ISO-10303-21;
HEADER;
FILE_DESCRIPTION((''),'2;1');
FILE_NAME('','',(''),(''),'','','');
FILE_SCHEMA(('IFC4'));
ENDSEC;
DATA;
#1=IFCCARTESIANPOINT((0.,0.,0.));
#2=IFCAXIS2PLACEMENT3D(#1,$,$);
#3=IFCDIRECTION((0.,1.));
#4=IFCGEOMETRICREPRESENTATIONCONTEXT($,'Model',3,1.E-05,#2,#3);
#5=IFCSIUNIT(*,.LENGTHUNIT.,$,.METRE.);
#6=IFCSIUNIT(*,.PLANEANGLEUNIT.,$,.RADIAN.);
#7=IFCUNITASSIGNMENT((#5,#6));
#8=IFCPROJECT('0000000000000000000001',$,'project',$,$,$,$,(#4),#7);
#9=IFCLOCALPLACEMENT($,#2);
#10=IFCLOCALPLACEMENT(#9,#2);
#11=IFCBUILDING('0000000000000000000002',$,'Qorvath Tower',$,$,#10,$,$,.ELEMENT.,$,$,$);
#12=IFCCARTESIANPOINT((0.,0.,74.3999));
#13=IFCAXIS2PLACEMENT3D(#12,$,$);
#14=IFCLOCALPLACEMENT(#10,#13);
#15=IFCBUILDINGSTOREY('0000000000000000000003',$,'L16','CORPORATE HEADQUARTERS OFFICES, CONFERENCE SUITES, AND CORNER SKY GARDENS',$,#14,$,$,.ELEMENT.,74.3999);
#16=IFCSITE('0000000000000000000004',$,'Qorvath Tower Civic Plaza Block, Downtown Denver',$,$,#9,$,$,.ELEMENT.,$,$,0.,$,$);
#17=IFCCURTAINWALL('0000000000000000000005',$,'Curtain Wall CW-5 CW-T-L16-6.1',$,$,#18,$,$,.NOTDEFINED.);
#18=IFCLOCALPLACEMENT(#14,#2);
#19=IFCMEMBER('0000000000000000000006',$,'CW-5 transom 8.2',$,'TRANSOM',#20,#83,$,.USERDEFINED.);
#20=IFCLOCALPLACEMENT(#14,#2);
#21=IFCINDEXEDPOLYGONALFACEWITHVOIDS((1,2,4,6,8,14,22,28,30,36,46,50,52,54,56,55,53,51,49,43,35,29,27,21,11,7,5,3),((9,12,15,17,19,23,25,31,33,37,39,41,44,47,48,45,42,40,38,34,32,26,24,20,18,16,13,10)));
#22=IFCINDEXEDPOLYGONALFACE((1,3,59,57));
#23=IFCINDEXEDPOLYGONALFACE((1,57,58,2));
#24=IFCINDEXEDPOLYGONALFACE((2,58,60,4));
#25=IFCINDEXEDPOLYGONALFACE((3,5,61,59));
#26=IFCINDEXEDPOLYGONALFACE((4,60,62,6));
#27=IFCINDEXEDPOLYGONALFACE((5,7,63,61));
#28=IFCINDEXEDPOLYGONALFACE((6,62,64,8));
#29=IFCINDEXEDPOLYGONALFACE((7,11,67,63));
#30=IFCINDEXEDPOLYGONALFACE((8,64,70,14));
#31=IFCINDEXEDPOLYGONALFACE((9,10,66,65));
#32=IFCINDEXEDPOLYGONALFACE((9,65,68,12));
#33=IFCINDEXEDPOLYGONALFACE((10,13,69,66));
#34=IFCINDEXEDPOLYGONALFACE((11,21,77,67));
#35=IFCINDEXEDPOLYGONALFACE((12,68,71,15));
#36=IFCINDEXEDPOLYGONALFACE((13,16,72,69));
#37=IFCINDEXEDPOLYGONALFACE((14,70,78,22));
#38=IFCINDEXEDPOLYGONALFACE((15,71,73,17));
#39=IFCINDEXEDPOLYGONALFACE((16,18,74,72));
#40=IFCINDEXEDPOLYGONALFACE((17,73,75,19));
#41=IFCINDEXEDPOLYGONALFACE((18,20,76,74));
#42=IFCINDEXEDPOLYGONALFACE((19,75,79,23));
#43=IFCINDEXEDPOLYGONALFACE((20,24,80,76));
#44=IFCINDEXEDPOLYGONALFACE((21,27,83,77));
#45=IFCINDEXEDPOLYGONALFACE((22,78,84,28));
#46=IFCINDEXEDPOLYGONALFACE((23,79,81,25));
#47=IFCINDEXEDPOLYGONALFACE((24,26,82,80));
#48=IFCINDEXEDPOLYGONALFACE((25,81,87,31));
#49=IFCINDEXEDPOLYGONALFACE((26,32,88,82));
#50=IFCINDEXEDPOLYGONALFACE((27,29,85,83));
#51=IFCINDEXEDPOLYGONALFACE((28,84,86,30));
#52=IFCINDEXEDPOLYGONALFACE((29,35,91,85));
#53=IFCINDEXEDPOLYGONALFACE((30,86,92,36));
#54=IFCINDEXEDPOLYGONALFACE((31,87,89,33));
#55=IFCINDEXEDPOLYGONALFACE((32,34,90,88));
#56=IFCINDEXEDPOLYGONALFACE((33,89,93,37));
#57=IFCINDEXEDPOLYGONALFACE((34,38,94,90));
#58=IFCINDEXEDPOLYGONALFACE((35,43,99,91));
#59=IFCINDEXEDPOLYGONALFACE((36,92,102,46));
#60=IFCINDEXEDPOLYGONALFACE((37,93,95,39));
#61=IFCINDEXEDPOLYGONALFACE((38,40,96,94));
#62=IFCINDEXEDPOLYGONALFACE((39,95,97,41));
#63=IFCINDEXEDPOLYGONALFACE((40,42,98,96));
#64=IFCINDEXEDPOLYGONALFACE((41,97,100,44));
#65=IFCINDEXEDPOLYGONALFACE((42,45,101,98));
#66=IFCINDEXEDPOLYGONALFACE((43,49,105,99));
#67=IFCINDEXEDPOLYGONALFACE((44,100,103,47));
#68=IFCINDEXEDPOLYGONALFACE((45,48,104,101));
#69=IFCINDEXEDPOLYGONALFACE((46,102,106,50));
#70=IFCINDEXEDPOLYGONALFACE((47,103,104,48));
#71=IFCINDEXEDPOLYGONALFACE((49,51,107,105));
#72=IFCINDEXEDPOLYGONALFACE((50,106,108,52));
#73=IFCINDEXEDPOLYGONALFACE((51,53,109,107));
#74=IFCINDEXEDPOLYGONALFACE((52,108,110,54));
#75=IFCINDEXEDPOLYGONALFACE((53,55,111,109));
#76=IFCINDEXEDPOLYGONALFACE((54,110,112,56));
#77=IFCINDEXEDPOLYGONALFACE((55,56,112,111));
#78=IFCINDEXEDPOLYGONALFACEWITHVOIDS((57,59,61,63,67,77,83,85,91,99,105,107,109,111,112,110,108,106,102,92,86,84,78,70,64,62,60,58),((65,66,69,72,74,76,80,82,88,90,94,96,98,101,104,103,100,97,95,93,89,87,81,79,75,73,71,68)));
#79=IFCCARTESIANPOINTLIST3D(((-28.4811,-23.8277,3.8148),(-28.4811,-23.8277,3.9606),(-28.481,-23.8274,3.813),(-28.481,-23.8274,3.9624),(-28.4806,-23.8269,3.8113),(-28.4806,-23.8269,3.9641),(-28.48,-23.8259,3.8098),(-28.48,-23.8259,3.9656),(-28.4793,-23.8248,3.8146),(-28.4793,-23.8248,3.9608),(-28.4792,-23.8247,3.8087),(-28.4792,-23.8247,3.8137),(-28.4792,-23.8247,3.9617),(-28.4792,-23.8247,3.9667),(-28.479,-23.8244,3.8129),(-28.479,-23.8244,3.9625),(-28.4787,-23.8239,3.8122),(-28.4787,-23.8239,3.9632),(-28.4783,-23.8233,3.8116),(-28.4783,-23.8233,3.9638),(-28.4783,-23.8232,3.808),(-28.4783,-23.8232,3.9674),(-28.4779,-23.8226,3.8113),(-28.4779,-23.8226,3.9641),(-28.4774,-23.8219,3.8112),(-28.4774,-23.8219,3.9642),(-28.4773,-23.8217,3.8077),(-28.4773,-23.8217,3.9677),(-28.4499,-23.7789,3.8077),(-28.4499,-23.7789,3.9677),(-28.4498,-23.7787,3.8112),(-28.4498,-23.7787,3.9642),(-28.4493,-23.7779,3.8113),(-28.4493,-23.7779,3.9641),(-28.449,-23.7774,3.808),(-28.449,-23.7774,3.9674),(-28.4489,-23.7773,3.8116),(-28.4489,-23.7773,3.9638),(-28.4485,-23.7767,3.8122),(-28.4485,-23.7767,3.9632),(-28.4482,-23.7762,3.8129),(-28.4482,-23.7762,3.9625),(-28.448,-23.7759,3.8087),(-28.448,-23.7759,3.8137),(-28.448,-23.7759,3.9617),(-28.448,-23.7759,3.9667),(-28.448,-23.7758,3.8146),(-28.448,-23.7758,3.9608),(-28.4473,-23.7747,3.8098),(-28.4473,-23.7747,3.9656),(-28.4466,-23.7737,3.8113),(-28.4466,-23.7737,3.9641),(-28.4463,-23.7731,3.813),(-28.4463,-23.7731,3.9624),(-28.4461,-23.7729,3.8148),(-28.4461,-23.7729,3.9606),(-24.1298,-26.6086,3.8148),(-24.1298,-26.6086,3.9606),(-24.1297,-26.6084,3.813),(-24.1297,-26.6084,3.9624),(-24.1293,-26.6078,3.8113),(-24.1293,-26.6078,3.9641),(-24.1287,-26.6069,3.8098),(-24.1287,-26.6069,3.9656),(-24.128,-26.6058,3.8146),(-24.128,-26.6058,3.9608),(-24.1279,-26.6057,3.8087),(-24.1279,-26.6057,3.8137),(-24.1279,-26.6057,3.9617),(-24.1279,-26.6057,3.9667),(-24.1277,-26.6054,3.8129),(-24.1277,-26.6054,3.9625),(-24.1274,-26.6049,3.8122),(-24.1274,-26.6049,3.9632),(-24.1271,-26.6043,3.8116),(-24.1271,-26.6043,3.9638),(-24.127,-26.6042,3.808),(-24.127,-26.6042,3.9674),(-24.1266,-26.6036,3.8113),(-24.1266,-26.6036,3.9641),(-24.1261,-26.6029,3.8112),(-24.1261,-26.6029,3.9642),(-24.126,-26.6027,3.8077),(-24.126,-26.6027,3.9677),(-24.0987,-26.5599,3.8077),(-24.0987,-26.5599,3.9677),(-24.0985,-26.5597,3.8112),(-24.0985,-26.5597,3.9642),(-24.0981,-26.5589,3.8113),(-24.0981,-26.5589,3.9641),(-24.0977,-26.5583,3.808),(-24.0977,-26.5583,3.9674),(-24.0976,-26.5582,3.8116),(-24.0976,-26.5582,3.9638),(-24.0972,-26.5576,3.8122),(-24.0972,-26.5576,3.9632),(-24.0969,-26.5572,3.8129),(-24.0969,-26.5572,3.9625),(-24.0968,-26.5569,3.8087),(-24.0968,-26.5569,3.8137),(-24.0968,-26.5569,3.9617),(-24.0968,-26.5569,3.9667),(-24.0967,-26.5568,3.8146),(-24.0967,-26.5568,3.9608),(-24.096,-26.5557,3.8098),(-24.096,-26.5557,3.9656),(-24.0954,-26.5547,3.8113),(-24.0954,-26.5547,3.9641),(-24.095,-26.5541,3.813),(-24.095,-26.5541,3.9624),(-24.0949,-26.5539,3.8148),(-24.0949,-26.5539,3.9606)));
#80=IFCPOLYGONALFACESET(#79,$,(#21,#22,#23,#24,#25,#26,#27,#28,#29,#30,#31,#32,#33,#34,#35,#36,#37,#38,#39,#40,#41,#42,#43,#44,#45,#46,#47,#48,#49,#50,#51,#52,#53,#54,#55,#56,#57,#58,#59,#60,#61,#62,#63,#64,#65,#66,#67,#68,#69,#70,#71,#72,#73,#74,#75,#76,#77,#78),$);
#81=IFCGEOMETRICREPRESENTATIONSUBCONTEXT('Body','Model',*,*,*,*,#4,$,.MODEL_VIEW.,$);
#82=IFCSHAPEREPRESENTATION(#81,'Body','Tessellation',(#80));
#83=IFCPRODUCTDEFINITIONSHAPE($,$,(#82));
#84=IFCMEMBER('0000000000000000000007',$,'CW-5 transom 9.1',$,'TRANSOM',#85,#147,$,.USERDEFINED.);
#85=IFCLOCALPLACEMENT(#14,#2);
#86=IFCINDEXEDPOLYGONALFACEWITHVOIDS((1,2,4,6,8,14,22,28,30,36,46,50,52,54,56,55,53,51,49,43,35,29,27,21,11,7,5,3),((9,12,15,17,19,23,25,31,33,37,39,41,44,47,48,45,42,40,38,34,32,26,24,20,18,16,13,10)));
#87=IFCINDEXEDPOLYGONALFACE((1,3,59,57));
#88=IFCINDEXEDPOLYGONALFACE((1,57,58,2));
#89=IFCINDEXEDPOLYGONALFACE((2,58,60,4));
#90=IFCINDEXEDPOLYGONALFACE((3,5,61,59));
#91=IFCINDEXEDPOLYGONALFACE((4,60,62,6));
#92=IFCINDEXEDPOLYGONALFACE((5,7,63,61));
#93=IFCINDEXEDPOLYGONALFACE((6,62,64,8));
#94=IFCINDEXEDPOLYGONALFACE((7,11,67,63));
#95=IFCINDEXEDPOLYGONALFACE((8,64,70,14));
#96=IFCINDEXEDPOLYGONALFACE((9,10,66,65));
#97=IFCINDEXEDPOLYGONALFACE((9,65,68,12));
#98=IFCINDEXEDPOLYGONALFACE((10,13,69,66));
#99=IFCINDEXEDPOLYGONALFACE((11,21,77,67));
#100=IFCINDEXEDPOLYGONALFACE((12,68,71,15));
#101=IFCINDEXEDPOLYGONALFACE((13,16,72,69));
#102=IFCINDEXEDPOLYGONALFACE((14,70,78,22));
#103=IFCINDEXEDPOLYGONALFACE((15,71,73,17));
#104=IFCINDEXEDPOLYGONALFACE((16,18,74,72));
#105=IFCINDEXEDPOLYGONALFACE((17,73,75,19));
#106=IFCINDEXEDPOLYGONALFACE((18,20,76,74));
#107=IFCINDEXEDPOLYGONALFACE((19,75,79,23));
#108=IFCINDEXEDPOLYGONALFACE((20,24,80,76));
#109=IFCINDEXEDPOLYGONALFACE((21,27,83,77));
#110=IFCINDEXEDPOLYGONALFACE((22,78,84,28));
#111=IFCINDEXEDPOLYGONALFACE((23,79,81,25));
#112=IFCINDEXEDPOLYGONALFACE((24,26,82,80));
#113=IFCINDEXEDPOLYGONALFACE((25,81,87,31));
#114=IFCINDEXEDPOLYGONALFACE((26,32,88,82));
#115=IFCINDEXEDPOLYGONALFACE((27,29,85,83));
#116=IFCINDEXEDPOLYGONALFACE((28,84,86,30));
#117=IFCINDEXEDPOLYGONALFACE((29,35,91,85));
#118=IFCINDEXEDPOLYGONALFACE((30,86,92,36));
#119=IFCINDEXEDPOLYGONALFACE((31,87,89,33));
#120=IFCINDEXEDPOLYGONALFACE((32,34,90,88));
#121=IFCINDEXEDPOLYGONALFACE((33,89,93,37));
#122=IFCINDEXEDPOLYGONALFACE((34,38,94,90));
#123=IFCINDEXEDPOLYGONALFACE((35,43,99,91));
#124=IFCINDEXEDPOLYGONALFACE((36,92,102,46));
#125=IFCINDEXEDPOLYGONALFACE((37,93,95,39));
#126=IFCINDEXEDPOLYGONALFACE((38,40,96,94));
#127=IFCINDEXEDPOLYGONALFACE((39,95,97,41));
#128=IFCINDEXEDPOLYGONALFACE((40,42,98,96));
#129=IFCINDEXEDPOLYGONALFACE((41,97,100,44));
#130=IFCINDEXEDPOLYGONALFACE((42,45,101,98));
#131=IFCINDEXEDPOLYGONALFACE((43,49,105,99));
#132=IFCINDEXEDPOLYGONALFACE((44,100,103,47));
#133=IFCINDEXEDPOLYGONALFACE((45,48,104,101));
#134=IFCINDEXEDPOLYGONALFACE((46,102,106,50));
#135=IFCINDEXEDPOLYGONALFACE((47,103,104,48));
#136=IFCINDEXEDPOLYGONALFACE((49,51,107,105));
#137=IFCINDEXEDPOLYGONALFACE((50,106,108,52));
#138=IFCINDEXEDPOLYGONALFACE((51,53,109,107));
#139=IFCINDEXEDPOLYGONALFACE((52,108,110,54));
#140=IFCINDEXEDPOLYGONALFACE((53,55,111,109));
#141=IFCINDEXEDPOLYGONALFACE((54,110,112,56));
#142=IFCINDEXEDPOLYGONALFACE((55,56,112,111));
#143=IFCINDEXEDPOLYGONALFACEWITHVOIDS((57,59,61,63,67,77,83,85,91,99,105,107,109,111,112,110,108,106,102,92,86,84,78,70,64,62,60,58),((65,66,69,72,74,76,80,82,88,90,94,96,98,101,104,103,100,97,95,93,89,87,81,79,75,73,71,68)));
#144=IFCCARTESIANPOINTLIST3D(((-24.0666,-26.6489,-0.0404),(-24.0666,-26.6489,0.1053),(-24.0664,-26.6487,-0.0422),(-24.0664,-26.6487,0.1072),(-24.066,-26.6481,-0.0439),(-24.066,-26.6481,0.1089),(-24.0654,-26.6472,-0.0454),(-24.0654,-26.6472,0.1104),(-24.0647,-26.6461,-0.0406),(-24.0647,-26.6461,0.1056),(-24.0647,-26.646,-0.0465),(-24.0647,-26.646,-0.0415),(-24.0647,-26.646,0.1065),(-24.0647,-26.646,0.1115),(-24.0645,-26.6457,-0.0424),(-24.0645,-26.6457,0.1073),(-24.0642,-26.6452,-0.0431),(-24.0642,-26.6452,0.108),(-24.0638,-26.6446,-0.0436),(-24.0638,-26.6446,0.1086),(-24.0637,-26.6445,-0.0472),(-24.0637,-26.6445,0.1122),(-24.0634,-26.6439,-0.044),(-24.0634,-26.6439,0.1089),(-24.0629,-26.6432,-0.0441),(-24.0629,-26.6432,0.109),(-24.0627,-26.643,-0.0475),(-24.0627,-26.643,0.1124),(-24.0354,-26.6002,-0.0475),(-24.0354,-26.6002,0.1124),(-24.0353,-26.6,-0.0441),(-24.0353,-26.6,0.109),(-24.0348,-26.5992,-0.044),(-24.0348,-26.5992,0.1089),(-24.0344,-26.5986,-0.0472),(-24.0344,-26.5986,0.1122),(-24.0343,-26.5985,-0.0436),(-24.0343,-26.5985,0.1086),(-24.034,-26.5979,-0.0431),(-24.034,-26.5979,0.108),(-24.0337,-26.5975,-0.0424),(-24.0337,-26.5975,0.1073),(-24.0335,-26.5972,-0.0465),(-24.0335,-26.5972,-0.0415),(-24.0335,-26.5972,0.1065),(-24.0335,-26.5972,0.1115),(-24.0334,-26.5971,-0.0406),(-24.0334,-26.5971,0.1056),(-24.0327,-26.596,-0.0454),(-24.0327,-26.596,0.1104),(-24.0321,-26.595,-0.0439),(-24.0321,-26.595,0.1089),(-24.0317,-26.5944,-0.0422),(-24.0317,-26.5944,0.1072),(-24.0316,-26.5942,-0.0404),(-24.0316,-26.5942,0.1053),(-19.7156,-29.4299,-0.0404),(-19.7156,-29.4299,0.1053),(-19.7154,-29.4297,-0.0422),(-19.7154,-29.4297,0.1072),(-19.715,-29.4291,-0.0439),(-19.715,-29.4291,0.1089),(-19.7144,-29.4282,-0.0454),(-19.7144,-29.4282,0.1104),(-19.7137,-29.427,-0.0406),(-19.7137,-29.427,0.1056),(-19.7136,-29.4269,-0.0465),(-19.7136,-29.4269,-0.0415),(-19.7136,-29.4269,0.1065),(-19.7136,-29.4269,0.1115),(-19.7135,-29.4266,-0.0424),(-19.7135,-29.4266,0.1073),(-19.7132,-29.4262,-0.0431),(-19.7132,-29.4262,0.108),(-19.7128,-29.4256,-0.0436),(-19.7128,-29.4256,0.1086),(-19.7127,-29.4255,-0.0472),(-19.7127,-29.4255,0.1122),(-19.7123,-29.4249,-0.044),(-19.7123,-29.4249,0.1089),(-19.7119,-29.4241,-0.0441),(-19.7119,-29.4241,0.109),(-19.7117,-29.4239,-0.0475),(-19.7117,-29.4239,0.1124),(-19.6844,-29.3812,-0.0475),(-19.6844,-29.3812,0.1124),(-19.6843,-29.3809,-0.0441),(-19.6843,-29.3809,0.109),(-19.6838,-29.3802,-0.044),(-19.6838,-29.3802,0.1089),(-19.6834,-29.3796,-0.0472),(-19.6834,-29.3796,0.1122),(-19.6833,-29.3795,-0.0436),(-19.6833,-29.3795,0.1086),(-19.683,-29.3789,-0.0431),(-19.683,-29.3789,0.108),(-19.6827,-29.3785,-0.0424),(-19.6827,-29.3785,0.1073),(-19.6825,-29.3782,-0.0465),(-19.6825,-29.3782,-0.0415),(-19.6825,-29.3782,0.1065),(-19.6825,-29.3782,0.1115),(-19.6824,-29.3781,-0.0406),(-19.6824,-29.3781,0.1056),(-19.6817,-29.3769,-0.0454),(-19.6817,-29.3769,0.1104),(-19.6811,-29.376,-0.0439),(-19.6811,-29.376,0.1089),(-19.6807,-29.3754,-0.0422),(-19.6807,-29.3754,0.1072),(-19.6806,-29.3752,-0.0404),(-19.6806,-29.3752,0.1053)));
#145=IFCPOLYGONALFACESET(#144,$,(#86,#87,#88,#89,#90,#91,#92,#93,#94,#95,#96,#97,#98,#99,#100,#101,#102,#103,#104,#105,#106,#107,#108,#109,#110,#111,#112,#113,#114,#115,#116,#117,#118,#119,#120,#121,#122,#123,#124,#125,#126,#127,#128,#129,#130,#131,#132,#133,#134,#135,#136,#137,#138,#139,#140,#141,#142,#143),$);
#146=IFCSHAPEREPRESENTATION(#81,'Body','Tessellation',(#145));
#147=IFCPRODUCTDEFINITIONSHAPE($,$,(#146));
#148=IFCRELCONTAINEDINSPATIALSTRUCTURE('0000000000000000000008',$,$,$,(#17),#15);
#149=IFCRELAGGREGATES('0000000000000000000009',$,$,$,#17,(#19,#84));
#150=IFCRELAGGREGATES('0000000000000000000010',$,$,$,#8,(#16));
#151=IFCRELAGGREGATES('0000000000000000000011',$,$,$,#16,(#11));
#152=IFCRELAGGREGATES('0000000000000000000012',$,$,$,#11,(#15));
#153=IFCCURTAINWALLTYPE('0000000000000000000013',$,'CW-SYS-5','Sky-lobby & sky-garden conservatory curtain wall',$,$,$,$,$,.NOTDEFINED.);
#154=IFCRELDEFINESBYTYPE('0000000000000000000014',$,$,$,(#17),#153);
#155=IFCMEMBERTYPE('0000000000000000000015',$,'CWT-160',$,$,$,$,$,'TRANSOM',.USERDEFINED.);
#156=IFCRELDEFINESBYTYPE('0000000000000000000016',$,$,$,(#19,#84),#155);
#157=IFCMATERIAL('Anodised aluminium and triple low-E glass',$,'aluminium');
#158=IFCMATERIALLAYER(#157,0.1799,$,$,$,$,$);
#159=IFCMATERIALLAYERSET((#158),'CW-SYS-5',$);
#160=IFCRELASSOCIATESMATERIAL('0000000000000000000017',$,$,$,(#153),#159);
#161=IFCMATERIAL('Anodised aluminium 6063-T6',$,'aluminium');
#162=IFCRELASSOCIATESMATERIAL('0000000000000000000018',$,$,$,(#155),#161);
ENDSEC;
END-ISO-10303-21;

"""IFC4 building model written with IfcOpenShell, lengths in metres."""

from ifc_helpers import new_model, si_unit, direction, frame, origin, origin_2d, place, context, subcontext, project, spatial, hollow_rectangle, extrude, material, layer, layer_set, material_profile, profile_set, type_object, element, aggregate, save


model = new_model("IFC4")

# Units and contexts
model_context = context("Model", 3, precision=1e-05, world=origin(), true_north=direction((0.0, 1.0)))
body_context = subcontext(model_context, "Body", "Model", "MODEL_VIEW")
ifc_project = project(units=[si_unit("LENGTHUNIT", "METRE"), si_unit("PLANEANGLEUNIT", "RADIAN")], contexts=[model_context])

# Site, building, storey
site_placement = place(None, origin())
site = spatial("IfcSite", under=ifc_project, at=site_placement, Name="Qorvath Tower Civic Plaza Block, Downtown Denver", CompositionType="ELEMENT", RefElevation=0.0)
building_placement = place(site_placement, origin())
building = spatial("IfcBuilding", under=site, at=building_placement, Name="Qorvath Tower", CompositionType="ELEMENT")
storey_placement = place(building_placement, frame((0.0, 0.0, 74.3999)))
storey = spatial("IfcBuildingStorey", under=building, at=storey_placement, Name="L16", Description="CORPORATE HEADQUARTERS OFFICES, CONFERENCE SUITES, AND CORNER SKY GARDENS", CompositionType="ELEMENT", Elevation=74.3999)

# Curtain wall, members
ifc_material_1 = material(Name="Anodised aluminium and triple low-E glass", Category="aluminium")
ifc_layer_1 = layer(ifc_material_1, 0.1799)
ifc_layer_set_1 = layer_set([ifc_layer_1], Name="CW-SYS-5")
curtain_wall_type = type_object("IfcCurtainWallType", Name="CW-SYS-5", Description="Sky-lobby & sky-garden conservatory curtain wall", PredefinedType="NOTDEFINED", material=ifc_layer_set_1)
curtain_wall_placement = place(storey_placement, origin())
curtain_wall = element("IfcCurtainWall", 1, at=curtain_wall_placement, inside=storey, type_object=curtain_wall_type, Name="Curtain Wall CW-5 CW-T-L16-6.1", PredefinedType="NOTDEFINED")
ifc_material_2 = material(Name="Anodised aluminium 6063-T6", Category="aluminium")
ifc_material_profile_1 = material_profile(ifc_material_2, hollow_rectangle(XDim=0.0649, YDim=0.1599, WallThickness=0.0034, InnerFilletRadius=0.0034, OuterFilletRadius=0.0071, at=origin_2d()), Name="CWT 160x65")
ifc_profile_set_1 = profile_set([ifc_material_profile_1], Name="Anodised aluminium 6063-T6")
member_type_1 = type_object("IfcMemberType", Name="CWT-160", ElementType="TRANSOM", PredefinedType="USERDEFINED", material=ifc_profile_set_1)
member_1_placement = place(storey_placement, frame((-28.4636, -23.8003, 3.8877), z_axis=(0.842609, -0.538526, 0.0), x_axis=(0.538526, 0.842609, 0.0)))
member_1 = element("IfcMember", 2, at=member_1_placement, type_object=member_type_1, Name="CW-5 transom 8.2", ObjectType="TRANSOM", PredefinedType="USERDEFINED", context=body_context, shape_type="SweptSolid", body=[
    extrude(hollow_rectangle(XDim=0.0649, YDim=0.1599, WallThickness=0.0034, InnerFilletRadius=0.0034, OuterFilletRadius=0.0071, at=origin_2d()), origin(), (0.0, 0.0, 1.0), 5.1641),
])
member_2_placement = place(storey_placement, frame((-24.0491, -26.6216, 0.0325), z_axis=(0.842595, -0.538548, 0.0), x_axis=(0.538548, 0.842595, 0.0)))
member_2 = element("IfcMember", 3, at=member_2_placement, type_object=member_type_1, Name="CW-5 transom 9.1", ObjectType="TRANSOM", PredefinedType="USERDEFINED", context=body_context, shape_type="SweptSolid", body=[
    extrude(hollow_rectangle(XDim=0.0649, YDim=0.1599, WallThickness=0.0034, InnerFilletRadius=0.0034, OuterFilletRadius=0.0071, at=origin_2d()), origin(), (0.0, 0.0, 1.0), 5.1638),
])
aggregate(curtain_wall, [member_1, member_2])

save(model, "model.ifc")
